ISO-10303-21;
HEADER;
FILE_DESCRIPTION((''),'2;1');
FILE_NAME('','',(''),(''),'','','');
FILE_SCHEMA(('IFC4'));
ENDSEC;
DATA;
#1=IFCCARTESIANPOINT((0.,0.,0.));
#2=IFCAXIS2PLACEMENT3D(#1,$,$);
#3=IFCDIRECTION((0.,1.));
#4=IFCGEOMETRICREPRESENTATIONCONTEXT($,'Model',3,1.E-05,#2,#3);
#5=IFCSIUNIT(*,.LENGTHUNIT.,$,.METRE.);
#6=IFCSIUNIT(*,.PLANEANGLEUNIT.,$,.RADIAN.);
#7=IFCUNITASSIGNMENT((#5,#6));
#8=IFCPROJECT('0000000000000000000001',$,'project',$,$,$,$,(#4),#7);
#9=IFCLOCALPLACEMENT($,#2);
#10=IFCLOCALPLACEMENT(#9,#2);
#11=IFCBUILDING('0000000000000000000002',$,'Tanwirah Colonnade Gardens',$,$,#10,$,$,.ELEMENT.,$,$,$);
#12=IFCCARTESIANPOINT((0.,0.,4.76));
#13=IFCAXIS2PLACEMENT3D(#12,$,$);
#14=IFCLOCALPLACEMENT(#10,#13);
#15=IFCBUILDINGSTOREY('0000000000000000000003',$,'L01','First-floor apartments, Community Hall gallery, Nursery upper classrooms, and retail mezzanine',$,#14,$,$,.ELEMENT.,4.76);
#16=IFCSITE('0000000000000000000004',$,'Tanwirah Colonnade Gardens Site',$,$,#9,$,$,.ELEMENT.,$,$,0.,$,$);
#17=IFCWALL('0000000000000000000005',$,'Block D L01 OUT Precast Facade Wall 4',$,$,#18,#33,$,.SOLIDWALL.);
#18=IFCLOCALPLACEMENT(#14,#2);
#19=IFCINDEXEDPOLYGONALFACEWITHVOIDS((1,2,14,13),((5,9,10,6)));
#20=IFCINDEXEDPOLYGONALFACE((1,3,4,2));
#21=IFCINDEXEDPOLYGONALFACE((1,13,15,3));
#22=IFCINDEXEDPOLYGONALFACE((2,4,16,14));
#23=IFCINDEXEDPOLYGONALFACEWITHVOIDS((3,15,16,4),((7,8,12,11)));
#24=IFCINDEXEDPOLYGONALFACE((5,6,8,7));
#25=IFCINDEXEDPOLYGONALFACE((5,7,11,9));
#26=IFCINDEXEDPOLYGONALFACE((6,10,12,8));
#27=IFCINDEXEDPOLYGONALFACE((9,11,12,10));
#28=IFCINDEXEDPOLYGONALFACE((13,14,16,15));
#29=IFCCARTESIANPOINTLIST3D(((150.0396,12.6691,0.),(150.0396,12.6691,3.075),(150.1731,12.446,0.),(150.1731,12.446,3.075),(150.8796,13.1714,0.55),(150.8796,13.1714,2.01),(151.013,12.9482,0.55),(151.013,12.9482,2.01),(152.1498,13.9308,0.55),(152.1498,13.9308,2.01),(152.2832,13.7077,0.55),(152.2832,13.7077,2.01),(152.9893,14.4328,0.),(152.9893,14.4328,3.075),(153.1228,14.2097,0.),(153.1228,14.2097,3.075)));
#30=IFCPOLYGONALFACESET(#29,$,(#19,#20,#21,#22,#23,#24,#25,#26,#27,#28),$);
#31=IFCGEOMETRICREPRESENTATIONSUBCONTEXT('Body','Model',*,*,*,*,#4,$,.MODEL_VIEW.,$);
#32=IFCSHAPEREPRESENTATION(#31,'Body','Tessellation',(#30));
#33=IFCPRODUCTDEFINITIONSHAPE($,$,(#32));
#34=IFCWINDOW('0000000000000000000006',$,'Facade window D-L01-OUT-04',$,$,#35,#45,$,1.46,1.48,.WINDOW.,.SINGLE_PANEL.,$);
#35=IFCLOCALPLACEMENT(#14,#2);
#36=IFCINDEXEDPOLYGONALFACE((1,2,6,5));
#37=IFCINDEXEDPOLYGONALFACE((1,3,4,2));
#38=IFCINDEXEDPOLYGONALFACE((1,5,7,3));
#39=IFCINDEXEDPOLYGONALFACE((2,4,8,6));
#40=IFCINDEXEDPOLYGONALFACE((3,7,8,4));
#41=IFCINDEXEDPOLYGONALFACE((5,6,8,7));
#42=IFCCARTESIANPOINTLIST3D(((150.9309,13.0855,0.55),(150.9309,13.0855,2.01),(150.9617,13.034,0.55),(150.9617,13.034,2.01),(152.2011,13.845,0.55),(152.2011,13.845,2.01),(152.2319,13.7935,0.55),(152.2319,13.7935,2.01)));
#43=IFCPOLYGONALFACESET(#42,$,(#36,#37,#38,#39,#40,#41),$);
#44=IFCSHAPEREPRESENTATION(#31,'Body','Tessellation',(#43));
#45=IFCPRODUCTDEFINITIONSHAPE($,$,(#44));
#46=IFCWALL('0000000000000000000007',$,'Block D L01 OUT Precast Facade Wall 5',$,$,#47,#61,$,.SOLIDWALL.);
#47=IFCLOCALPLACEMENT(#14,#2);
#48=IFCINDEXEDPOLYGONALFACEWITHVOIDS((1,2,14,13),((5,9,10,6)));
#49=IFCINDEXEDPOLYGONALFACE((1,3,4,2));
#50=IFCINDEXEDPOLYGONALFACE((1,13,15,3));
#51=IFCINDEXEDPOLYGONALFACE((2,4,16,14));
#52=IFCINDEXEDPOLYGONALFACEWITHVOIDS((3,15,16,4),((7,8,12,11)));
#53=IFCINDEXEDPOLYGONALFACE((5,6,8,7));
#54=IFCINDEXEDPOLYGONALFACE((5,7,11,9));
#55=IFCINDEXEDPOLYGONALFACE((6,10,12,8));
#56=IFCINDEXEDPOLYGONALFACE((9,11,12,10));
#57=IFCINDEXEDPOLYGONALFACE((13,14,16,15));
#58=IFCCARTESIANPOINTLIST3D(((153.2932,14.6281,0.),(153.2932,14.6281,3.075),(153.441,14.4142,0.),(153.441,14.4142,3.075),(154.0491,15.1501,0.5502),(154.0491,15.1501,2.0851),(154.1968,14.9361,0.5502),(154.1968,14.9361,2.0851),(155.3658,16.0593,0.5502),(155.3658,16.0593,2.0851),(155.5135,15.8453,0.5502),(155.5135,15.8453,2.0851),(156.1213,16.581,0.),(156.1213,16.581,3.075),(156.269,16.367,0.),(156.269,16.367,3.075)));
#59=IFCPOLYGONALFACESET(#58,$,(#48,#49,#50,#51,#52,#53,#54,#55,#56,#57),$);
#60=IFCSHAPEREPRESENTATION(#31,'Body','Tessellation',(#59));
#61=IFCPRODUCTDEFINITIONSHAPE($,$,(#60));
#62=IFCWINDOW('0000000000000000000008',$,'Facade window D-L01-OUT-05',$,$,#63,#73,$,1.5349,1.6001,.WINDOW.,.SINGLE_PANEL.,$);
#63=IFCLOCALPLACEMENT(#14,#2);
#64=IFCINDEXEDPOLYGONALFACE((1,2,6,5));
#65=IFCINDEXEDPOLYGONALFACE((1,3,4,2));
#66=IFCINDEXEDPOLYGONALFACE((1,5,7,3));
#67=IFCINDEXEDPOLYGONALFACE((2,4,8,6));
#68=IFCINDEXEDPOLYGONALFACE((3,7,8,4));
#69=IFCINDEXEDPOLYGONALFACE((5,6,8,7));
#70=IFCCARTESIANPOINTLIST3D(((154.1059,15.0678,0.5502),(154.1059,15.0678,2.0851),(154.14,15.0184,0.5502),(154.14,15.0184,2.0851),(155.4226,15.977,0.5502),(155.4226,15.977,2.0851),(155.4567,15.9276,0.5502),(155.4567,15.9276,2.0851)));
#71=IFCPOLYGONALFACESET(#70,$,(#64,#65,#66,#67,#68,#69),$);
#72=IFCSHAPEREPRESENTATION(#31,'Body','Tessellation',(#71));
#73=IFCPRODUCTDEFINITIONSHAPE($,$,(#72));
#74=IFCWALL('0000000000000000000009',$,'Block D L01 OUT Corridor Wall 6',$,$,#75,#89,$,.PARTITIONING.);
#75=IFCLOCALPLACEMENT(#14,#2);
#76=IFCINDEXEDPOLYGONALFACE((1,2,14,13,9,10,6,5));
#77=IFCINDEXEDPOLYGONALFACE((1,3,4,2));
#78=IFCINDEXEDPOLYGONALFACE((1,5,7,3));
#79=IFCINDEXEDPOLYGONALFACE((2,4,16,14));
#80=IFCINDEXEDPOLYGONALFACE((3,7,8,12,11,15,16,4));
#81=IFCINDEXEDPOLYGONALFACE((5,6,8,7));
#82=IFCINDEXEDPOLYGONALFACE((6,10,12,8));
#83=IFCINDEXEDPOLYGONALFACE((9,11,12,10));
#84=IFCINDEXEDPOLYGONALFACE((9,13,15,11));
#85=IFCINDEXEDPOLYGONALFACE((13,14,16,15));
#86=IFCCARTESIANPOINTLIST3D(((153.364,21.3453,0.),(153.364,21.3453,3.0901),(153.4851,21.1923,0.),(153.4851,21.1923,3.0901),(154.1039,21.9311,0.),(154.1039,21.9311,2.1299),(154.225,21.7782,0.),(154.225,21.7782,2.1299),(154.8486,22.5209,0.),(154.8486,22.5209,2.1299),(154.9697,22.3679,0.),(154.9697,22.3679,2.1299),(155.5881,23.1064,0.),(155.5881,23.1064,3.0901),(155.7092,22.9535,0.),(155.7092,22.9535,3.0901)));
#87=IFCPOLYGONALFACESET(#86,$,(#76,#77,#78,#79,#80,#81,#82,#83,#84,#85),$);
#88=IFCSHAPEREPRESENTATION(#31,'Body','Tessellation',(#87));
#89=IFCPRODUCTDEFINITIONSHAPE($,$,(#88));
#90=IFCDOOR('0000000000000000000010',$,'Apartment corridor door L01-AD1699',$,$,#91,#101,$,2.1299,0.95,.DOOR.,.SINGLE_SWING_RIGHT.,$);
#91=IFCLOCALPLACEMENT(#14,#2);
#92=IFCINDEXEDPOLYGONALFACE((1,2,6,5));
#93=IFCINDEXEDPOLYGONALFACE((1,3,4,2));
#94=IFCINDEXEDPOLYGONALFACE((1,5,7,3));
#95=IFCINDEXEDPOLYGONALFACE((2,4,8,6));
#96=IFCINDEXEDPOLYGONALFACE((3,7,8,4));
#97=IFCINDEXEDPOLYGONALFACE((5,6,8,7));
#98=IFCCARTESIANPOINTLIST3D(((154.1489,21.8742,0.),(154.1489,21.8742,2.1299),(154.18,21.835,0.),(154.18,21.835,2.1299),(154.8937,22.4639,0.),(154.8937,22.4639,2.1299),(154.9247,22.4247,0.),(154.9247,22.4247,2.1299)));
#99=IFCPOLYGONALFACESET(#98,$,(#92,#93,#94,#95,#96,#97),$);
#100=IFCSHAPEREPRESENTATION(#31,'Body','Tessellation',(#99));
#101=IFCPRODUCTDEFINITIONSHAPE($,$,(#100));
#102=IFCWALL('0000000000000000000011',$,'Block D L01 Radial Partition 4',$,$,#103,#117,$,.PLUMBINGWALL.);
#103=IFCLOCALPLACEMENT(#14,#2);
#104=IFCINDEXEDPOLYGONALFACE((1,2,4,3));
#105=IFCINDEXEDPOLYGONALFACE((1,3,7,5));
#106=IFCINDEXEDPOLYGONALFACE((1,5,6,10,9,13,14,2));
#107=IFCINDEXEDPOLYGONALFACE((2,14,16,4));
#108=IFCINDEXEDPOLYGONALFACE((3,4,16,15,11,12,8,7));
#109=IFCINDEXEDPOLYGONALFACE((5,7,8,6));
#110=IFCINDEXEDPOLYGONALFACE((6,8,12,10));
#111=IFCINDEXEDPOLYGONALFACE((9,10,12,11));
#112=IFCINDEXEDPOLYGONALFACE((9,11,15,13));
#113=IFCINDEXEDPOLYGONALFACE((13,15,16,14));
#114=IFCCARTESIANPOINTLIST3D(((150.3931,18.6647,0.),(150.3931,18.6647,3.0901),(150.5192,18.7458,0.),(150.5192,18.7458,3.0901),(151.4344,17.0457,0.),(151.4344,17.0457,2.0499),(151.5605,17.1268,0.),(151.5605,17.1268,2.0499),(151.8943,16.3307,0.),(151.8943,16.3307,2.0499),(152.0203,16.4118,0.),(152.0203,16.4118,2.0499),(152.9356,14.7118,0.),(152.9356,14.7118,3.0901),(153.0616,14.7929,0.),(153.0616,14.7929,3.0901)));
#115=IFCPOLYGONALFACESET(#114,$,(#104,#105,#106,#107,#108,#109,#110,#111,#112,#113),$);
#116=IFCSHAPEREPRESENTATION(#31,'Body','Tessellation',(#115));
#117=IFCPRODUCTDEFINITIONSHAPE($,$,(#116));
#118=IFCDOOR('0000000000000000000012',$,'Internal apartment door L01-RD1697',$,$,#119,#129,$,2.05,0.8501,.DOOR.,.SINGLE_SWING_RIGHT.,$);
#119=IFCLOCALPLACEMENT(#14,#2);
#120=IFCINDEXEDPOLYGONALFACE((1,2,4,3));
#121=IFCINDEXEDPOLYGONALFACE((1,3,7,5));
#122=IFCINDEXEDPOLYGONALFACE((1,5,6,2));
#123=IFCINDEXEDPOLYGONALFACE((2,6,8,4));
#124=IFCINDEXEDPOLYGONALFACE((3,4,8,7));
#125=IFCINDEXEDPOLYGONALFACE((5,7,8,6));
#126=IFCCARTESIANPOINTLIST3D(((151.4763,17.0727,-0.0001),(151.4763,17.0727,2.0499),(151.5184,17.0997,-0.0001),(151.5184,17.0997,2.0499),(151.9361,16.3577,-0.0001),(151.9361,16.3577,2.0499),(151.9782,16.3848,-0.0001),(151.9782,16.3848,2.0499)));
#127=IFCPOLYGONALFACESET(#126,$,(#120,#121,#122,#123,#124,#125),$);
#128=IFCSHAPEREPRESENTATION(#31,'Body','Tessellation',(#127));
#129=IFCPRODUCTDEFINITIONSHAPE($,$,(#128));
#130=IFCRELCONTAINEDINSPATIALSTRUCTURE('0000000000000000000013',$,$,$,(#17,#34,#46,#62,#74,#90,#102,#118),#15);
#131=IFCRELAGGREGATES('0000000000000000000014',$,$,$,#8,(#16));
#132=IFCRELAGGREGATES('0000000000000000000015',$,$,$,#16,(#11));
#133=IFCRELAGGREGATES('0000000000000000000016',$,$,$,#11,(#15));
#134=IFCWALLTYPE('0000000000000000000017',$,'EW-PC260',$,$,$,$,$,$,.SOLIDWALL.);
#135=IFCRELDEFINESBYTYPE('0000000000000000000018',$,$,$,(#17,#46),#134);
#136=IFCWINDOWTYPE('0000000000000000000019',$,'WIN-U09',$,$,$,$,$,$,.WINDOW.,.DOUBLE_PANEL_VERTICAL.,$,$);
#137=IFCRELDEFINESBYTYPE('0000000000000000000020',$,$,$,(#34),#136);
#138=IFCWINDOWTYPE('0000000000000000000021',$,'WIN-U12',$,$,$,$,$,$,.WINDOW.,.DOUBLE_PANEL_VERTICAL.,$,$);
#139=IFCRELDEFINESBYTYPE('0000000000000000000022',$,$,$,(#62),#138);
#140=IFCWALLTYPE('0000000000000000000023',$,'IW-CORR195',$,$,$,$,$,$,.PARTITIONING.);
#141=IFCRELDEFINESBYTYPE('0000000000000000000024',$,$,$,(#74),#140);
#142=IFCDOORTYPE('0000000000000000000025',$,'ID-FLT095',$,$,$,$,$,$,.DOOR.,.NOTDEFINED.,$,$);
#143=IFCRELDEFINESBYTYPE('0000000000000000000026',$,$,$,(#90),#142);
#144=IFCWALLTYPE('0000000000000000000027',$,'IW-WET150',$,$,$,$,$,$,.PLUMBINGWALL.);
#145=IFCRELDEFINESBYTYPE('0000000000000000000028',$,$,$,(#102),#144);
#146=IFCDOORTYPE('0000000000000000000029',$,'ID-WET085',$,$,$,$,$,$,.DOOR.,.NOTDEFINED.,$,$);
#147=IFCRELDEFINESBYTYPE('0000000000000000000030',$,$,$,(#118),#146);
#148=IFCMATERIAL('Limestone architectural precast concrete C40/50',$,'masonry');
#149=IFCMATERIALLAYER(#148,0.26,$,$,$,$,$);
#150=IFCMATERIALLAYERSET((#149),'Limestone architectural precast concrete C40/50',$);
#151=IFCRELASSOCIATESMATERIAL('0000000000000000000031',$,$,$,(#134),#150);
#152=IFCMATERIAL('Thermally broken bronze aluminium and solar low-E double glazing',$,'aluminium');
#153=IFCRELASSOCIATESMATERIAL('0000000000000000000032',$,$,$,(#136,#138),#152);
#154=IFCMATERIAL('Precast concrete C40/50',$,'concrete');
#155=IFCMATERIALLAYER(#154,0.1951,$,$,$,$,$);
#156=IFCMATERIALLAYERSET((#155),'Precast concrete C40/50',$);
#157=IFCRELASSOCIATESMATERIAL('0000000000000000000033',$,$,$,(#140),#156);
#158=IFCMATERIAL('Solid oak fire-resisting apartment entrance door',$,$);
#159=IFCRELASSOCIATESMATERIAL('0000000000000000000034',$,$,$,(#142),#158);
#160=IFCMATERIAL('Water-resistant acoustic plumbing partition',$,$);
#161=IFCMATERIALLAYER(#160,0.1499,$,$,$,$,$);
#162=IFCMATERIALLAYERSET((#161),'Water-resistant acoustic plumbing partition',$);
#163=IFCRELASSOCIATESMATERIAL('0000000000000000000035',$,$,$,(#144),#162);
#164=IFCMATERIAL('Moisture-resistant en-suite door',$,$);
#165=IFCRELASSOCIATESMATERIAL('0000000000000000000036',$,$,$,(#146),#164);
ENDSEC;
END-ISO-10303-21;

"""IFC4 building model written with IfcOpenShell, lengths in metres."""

from ifc_helpers import new_model, si_unit, direction, frame, frame_2d, origin, place, context, subcontext, project, spatial, rectangle, extrude, material, layer, layer_set, type_object, element, fill, save


model = new_model("IFC4")

# Units and contexts
model_context = context("Model", 3, precision=1e-05, world=origin(), true_north=direction((0.0, 1.0)))
body_context = subcontext(model_context, "Body", "Model", "MODEL_VIEW")
ifc_project = project(units=[si_unit("LENGTHUNIT", "METRE"), si_unit("PLANEANGLEUNIT", "RADIAN")], contexts=[model_context])

# Site, building, storey
site_placement = place(None, origin())
site = spatial("IfcSite", under=ifc_project, at=site_placement, Name="Tanwirah Colonnade Gardens Site", CompositionType="ELEMENT", RefElevation=0.0)
building_placement = place(site_placement, origin())
building = spatial("IfcBuilding", under=site, at=building_placement, Name="Tanwirah Colonnade Gardens", CompositionType="ELEMENT")
storey_placement = place(building_placement, frame((0.0, 0.0, 4.76)))
storey = spatial("IfcBuildingStorey", under=building, at=storey_placement, Name="L01", Description="First-floor apartments, Community Hall gallery, Nursery upper classrooms, and retail mezzanine", CompositionType="ELEMENT", Elevation=4.76)

# Shared definitions
ifc_material_1 = material(Name="Precast concrete C40/50", Category="concrete")

# Walls, openings, windows
ifc_material_2 = material(Name="Limestone architectural precast concrete C40/50", Category="masonry")
ifc_layer_1 = layer(ifc_material_2, 0.26)
ifc_layer_set_1 = layer_set([ifc_layer_1], Name="Limestone architectural precast concrete C40/50")
wall_type_1 = type_object("IfcWallType", Name="EW-PC260", PredefinedType="SOLIDWALL", material=ifc_layer_set_1)
wall_1_placement = place(storey_placement, frame((150.1064, 12.5576, 0.0), z_axis=(0.0, 0.0, 1.0), x_axis=(0.858282, 0.513179, 0.0)))
wall_1 = element("IfcWall", 1, at=wall_1_placement, inside=storey, type_object=wall_type_1, Name="Block D L01 OUT Precast Facade Wall 4", PredefinedType="SOLIDWALL", context=body_context, shape_type="SweptSolid", body=[
    extrude(rectangle(XDim=3.4368, YDim=0.26, at=frame_2d((1.7183, 0.0))), origin(), (0.0, 0.0, 1.0), 3.075),
])
opening_1_placement = place(wall_1_placement, frame((0.9785, 0.0, 0.55)))
opening_1 = element("IfcOpeningElement", 2, at=opening_1_placement, cuts=wall_1, PredefinedType="OPENING", context=body_context, shape_type="SweptSolid", body=[
    extrude(rectangle(XDim=1.48, YDim=1.46, at=frame_2d((0.74, 0.73))), frame((0.0, 0.1399, 0.0), z_axis=(0.0, -1.0, 0.0), x_axis=(1.0, 0.0, 0.0)), (0.0, 0.0, 1.0), 0.28),
])
ifc_material_3 = material(Name="Thermally broken bronze aluminium and solar low-E double glazing", Category="aluminium")
window_type_1 = type_object("IfcWindowType", Name="WIN-U09", PartitioningType="DOUBLE_PANEL_VERTICAL", PredefinedType="WINDOW", material=ifc_material_3)
window_1_placement = place(opening_1_placement, origin())
window_1 = element("IfcWindow", 3, at=window_1_placement, inside=storey, type_object=window_type_1, Name="Facade window D-L01-OUT-04", OverallHeight=1.46, OverallWidth=1.48, PartitioningType="SINGLE_PANEL", PredefinedType="WINDOW", context=body_context, shape_type="SweptSolid", body=[
    extrude(rectangle(XDim=1.48, YDim=1.46, at=frame_2d((0.74, 0.73))), frame((0.0, 0.03, 0.0), z_axis=(0.0, -1.0, 0.0), x_axis=(1.0, 0.0, 0.0)), (0.0, 0.0, 1.0), 0.0601),
])
fill(opening_1, window_1)
wall_2_placement = place(storey_placement, frame((153.3672, 14.5212, 0.0), z_axis=(0.0, 0.0, 1.0), x_axis=(0.82288, 0.568216, 0.0)))
wall_2 = element("IfcWall", 4, at=wall_2_placement, inside=storey, type_object=wall_type_1, Name="Block D L01 OUT Precast Facade Wall 5", PredefinedType="SOLIDWALL", context=body_context, shape_type="SweptSolid", body=[
    extrude(rectangle(XDim=3.4368, YDim=0.26, at=frame_2d((1.7183, 0.0))), origin(), (0.0, 0.0, 1.0), 3.075),
])
opening_2_placement = place(wall_2_placement, frame((0.9185, 0.0, 0.55)))
opening_2 = element("IfcOpeningElement", 5, at=opening_2_placement, cuts=wall_2, PredefinedType="OPENING", context=body_context, shape_type="SweptSolid", body=[
    extrude(rectangle(XDim=1.6001, YDim=1.5349, at=frame_2d((0.8, 0.7676))), frame((0.0, 0.1399, 0.0), z_axis=(0.0, -1.0, 0.0), x_axis=(1.0, 0.0, 0.0)), (0.0, 0.0, 1.0), 0.28),
])
window_type_2 = type_object("IfcWindowType", Name="WIN-U12", PartitioningType="DOUBLE_PANEL_VERTICAL", PredefinedType="WINDOW", material=ifc_material_3)
window_2_placement = place(opening_2_placement, origin())
window_2 = element("IfcWindow", 6, at=window_2_placement, inside=storey, type_object=window_type_2, Name="Facade window D-L01-OUT-05", OverallHeight=1.5349, OverallWidth=1.6001, PartitioningType="SINGLE_PANEL", PredefinedType="WINDOW", context=body_context, shape_type="SweptSolid", body=[
    extrude(rectangle(XDim=1.6001, YDim=1.5349, at=frame_2d((0.8, 0.7676))), frame((0.0, 0.03, 0.0), z_axis=(0.0, -1.0, 0.0), x_axis=(1.0, 0.0, 0.0)), (0.0, 0.0, 1.0), 0.0601),
])
fill(opening_2, window_2)

# Walls, openings, doors
ifc_layer_2 = layer(ifc_material_1, 0.1951)
ifc_layer_set_2 = layer_set([ifc_layer_2], Name="Precast concrete C40/50")
wall_type_2 = type_object("IfcWallType", Name="IW-CORR195", PredefinedType="PARTITIONING", material=ifc_layer_set_2)
ifc_material_4 = material(Name="Solid oak fire-resisting apartment entrance door")
wall_3_placement = place(storey_placement, frame((153.4246, 21.2688, 0.0), z_axis=(0.0, 0.0, 1.0), x_axis=(0.783966, 0.620804, 0.0)))
wall_3 = element("IfcWall", 7, at=wall_3_placement, inside=storey, type_object=wall_type_2, Name="Block D L01 OUT Corridor Wall 6", PredefinedType="PARTITIONING", context=body_context, shape_type="SweptSolid", body=[
    extrude(rectangle(XDim=2.8369, YDim=0.1951, at=frame_2d((1.4185, 0.0))), origin(), (0.0, 0.0, 1.0), 3.0901),
])
opening_3_placement = place(wall_3_placement, frame((0.9436, 0.0, 0.0)))
opening_3 = element("IfcOpeningElement", 8, at=opening_3_placement, cuts=wall_3, PredefinedType="OPENING", context=body_context, shape_type="SweptSolid", body=[
    extrude(rectangle(XDim=0.95, YDim=2.1299, at=frame_2d((0.4751, 1.0649))), frame((0.0, 0.1074, 0.0), z_axis=(0.0, -1.0, 0.0), x_axis=(1.0, 0.0, 0.0)), (0.0, 0.0, 1.0), 0.2151),
])
door_type_1 = type_object("IfcDoorType", Name="ID-FLT095", OperationType="NOTDEFINED", PredefinedType="DOOR", material=ifc_material_4)
door_1_placement = place(opening_3_placement, origin())
door_1 = element("IfcDoor", 9, at=door_1_placement, inside=storey, type_object=door_type_1, Name="Apartment corridor door L01-AD1699", OperationType="SINGLE_SWING_RIGHT", OverallHeight=2.1299, OverallWidth=0.95, PredefinedType="DOOR", context=body_context, shape_type="SweptSolid", body=[
    extrude(rectangle(XDim=0.95, YDim=2.1299, at=frame_2d((0.4751, 1.0649))), frame((0.0, 0.0249, 0.0), z_axis=(0.0, -1.0, 0.0), x_axis=(1.0, 0.0, 0.0)), (0.0, 0.0, 1.0), 0.05),
])
fill(opening_3, door_1)
ifc_material_5 = material(Name="Water-resistant acoustic plumbing partition")
ifc_layer_3 = layer(ifc_material_5, 0.1499)
ifc_layer_set_3 = layer_set([ifc_layer_3], Name="Water-resistant acoustic plumbing partition")
wall_type_3 = type_object("IfcWallType", Name="IW-WET150", PredefinedType="PLUMBINGWALL", material=ifc_layer_set_3)
wall_4_placement = place(storey_placement, frame((150.4561, 18.7053, 0.0), z_axis=(0.0, 0.0, 1.0), x_axis=(0.54096, -0.841048, 0.0)))
wall_4 = element("IfcWall", 10, at=wall_4_placement, inside=storey, type_object=wall_type_3, Name="Block D L01 Radial Partition 4", PredefinedType="PLUMBINGWALL", context=body_context, shape_type="SweptSolid", body=[
    extrude(rectangle(XDim=4.7, YDim=0.1499, at=frame_2d((2.3501, 0.0))), origin(), (0.0, 0.0, 1.0), 3.0901),
])
opening_4_placement = place(wall_4_placement, frame((1.925, 0.0, 0.0)))
opening_4 = element("IfcOpeningElement", 11, at=opening_4_placement, cuts=wall_4, PredefinedType="OPENING", context=body_context, shape_type="SweptSolid", body=[
    extrude(rectangle(XDim=0.8501, YDim=2.05, at=frame_2d((0.425, 1.0249))), frame((0.0, 0.085, 0.0), z_axis=(0.0, -1.0, 0.0), x_axis=(1.0, 0.0, 0.0)), (0.0, 0.0, 1.0), 0.1699),
])
ifc_material_6 = material(Name="Moisture-resistant en-suite door")
door_type_2 = type_object("IfcDoorType", Name="ID-WET085", OperationType="NOTDEFINED", PredefinedType="DOOR", material=ifc_material_6)
door_2_placement = place(opening_4_placement, origin())
door_2 = element("IfcDoor", 12, at=door_2_placement, inside=storey, type_object=door_type_2, Name="Internal apartment door L01-RD1697", OperationType="SINGLE_SWING_RIGHT", OverallHeight=2.05, OverallWidth=0.8501, PredefinedType="DOOR", context=body_context, shape_type="SweptSolid", body=[
    extrude(rectangle(XDim=0.8501, YDim=2.05, at=frame_2d((0.425, 1.0249))), frame((0.0, 0.0249, 0.0), z_axis=(0.0, -1.0, 0.0), x_axis=(1.0, 0.0, 0.0)), (0.0, 0.0, 1.0), 0.05),
])
fill(opening_4, door_2)

save(model, "model.ifc")
